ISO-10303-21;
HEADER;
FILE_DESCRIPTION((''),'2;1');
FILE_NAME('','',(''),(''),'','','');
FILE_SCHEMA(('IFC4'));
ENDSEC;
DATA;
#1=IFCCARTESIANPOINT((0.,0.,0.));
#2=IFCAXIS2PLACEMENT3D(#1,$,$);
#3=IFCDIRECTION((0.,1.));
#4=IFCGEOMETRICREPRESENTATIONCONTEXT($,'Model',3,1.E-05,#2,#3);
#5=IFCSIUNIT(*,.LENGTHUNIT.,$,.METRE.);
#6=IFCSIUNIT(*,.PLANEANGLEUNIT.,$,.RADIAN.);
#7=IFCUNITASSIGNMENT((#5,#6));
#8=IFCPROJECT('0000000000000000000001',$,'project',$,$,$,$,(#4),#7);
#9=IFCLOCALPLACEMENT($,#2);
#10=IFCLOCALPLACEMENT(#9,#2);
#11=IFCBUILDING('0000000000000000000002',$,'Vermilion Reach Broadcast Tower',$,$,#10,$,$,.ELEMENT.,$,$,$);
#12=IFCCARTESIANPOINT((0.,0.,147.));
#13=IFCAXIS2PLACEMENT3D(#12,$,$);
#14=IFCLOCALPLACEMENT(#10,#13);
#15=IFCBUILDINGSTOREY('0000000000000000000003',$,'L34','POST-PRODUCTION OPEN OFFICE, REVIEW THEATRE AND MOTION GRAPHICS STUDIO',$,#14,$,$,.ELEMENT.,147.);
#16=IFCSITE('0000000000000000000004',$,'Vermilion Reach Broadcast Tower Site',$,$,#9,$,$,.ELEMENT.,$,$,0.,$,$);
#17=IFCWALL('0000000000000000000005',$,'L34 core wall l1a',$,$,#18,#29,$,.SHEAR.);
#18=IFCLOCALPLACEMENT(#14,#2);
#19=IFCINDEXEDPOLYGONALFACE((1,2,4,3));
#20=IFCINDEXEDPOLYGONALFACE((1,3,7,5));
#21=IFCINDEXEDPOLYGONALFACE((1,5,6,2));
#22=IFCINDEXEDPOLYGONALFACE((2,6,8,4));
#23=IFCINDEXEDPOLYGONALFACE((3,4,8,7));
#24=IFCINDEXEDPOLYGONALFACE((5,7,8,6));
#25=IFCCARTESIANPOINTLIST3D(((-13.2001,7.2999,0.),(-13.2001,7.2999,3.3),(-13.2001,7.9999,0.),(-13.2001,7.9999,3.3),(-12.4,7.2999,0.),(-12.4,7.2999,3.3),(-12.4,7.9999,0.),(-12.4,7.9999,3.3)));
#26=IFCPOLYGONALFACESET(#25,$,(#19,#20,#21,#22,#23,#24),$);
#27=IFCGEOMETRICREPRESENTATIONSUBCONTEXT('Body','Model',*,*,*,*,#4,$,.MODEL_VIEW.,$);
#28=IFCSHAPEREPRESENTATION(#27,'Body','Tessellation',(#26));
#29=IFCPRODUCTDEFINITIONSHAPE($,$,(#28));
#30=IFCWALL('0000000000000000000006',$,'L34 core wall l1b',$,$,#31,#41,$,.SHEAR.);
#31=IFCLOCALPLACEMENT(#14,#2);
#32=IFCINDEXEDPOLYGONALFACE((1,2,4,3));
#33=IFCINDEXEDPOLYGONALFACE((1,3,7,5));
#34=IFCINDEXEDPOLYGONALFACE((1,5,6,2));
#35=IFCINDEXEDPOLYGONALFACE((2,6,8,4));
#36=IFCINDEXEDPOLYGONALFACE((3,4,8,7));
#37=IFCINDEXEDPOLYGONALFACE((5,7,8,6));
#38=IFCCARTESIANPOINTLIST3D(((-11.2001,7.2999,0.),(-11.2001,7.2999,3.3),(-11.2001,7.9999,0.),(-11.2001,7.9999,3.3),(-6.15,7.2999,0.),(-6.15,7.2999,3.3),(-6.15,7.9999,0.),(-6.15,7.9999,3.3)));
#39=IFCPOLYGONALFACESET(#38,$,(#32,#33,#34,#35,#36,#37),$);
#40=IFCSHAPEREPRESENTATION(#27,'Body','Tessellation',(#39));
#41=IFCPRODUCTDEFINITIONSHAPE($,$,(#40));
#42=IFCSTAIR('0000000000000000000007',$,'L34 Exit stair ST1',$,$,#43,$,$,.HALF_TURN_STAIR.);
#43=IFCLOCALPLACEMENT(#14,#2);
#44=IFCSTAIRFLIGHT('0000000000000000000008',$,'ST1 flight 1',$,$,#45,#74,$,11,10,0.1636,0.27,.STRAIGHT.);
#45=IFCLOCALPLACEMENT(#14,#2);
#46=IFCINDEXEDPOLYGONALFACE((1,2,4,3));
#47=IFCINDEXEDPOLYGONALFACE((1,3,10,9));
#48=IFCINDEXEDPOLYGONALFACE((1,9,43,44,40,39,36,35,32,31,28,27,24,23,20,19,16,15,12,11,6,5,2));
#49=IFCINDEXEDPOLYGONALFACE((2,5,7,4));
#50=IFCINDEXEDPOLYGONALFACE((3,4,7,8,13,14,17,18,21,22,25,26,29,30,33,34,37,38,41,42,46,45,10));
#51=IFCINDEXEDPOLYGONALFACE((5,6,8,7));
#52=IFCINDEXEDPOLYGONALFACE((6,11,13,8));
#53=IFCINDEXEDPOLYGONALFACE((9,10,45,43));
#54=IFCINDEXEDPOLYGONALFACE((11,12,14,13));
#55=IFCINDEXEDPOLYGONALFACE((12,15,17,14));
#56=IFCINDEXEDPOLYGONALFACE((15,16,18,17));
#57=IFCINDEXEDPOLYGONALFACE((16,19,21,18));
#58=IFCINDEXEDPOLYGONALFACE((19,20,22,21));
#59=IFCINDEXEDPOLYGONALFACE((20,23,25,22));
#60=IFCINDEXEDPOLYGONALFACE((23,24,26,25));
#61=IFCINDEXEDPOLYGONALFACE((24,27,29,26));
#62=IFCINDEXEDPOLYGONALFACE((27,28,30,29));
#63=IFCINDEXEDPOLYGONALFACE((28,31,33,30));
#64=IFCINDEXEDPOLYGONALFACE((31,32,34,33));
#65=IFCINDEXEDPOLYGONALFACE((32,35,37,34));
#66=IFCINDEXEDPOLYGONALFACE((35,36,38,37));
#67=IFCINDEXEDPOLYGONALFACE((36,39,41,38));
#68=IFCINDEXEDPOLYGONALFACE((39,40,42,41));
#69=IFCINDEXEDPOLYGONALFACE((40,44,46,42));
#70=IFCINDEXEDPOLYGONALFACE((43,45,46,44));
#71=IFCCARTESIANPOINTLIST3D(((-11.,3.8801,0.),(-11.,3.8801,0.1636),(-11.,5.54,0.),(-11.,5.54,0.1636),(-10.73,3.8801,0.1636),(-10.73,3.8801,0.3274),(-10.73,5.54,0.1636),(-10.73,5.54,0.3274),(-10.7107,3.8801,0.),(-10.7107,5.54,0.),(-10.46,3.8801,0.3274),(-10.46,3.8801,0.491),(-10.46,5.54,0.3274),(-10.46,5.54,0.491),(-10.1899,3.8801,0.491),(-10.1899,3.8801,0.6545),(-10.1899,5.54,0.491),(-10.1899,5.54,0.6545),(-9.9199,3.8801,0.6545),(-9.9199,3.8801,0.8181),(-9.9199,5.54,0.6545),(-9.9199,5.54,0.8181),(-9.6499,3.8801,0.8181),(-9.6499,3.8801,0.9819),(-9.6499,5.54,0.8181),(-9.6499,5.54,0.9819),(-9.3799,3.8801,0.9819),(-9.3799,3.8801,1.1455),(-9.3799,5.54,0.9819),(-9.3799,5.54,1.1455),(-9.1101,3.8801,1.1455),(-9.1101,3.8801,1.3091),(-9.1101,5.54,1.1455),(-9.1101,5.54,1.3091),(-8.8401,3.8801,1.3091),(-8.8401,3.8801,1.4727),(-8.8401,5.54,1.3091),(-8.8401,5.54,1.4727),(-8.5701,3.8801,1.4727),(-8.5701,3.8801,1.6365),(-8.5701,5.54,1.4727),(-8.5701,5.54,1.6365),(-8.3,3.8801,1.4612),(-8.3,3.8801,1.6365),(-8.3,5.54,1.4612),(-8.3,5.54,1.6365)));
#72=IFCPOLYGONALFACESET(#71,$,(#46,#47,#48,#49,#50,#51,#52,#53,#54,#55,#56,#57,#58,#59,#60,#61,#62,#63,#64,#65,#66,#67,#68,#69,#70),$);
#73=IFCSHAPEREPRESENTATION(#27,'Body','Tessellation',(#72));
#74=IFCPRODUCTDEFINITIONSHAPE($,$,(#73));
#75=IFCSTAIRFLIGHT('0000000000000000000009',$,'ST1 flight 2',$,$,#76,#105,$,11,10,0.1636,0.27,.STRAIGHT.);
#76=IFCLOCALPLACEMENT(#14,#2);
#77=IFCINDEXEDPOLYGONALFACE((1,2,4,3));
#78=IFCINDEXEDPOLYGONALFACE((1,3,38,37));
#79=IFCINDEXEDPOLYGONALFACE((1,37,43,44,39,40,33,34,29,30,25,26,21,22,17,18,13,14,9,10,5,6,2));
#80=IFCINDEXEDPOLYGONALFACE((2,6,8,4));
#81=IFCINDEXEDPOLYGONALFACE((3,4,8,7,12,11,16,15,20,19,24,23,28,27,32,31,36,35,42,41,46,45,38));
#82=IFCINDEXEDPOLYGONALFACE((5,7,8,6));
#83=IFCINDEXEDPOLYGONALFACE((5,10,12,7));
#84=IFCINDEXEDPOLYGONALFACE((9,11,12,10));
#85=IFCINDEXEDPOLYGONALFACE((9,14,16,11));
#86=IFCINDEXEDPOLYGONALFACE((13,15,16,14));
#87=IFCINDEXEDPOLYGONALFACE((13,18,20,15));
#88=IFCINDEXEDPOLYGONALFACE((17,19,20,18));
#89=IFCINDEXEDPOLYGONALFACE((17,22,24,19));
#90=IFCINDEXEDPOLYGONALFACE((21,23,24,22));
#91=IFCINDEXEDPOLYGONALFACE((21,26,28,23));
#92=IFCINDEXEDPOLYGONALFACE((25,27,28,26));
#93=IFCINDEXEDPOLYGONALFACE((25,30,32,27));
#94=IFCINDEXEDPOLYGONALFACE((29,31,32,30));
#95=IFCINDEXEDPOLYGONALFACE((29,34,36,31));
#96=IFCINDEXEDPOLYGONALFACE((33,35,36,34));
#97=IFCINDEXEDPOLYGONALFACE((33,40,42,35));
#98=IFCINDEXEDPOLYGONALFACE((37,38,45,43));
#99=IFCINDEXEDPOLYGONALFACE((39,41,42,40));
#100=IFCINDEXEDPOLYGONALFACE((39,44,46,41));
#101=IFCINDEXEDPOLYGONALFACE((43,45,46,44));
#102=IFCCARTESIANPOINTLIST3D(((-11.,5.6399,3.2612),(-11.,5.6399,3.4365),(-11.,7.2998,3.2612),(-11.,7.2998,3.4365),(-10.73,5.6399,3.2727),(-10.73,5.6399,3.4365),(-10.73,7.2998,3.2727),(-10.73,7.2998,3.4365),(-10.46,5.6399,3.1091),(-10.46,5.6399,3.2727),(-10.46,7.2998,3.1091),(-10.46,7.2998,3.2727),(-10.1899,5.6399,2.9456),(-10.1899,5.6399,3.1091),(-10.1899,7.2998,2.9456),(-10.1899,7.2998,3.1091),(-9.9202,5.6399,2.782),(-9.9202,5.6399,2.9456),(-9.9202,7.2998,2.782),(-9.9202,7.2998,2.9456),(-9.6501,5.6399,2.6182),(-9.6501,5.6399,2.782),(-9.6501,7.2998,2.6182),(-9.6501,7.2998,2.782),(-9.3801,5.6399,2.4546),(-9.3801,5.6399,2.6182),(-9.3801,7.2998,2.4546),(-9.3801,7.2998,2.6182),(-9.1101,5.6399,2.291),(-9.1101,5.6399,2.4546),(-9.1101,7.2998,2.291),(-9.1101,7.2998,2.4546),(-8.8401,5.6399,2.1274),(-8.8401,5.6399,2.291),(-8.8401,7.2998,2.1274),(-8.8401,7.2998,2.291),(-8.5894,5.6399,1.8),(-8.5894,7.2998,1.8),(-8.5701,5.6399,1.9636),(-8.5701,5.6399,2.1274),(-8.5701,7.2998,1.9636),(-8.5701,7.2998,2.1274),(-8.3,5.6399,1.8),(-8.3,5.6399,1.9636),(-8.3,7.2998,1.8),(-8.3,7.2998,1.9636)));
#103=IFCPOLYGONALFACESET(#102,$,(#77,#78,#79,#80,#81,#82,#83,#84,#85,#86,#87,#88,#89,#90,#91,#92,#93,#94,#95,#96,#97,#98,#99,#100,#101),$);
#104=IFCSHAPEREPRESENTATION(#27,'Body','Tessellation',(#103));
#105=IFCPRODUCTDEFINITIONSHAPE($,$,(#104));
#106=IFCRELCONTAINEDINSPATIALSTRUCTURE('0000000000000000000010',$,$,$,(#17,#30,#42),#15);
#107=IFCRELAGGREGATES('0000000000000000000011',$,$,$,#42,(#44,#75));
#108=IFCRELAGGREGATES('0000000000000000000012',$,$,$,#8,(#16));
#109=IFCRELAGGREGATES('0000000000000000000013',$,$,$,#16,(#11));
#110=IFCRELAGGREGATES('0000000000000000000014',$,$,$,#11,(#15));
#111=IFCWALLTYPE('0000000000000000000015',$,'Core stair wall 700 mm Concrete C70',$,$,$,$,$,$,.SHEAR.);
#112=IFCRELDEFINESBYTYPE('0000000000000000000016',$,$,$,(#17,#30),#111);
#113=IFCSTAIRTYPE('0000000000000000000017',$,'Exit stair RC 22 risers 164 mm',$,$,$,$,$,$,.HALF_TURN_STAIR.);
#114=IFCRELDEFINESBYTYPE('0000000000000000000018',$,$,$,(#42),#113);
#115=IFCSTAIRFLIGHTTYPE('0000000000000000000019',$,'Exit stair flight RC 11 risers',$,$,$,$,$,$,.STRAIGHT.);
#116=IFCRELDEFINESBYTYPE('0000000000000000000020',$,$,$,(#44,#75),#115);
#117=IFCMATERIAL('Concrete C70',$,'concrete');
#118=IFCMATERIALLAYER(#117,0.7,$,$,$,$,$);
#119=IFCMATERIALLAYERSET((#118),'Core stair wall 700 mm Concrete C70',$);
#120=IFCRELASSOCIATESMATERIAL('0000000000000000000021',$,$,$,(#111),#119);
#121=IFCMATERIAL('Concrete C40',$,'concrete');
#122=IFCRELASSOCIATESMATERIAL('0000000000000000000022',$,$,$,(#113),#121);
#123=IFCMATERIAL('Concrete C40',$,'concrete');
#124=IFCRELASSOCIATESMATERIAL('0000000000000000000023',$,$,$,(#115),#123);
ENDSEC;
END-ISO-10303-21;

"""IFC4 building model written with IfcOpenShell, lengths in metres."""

from ifc_helpers import new_model, si_unit, direction, frame, frame_2d, origin, place, context, subcontext, project, spatial, polyline, rectangle, outline, extrude, material, layer, layer_set, type_object, element, aggregate, save


model = new_model("IFC4")

# Units and contexts
model_context = context("Model", 3, precision=1e-05, world=origin(), true_north=direction((0.0, 1.0)))
body_context = subcontext(model_context, "Body", "Model", "MODEL_VIEW")
ifc_project = project(units=[si_unit("LENGTHUNIT", "METRE"), si_unit("PLANEANGLEUNIT", "RADIAN")], contexts=[model_context])

# Site, building, storey
site_placement = place(None, origin())
site = spatial("IfcSite", under=ifc_project, at=site_placement, Name="Vermilion Reach Broadcast Tower Site", CompositionType="ELEMENT", RefElevation=0.0)
building_placement = place(site_placement, origin())
building = spatial("IfcBuilding", under=site, at=building_placement, Name="Vermilion Reach Broadcast Tower", CompositionType="ELEMENT")
storey_placement = place(building_placement, frame((0.0, 0.0, 147.0)))
storey = spatial("IfcBuildingStorey", under=building, at=storey_placement, Name="L34", Description="POST-PRODUCTION OPEN OFFICE, REVIEW THEATRE AND MOTION GRAPHICS STUDIO", CompositionType="ELEMENT", Elevation=147.0)

# Walls
ifc_material_1 = material(Name="Concrete C70", Category="concrete")
ifc_layer_1 = layer(ifc_material_1, 0.7)
ifc_layer_set_1 = layer_set([ifc_layer_1], Name="Core stair wall 700 mm Concrete C70")
wall_type_1 = type_object("IfcWallType", Name="Core stair wall 700 mm Concrete C70", PredefinedType="SHEAR", material=ifc_layer_set_1)
wall_1_placement = place(storey_placement, frame((-13.2, 7.6499, 0.0), z_axis=(0.0, 0.0, 1.0), x_axis=(1.0, 0.0, 0.0)))
element("IfcWall", 1, at=wall_1_placement, inside=storey, type_object=wall_type_1, Name="L34 core wall l1a", PredefinedType="SHEAR", context=body_context, shape_type="SweptSolid", body=[
    extrude(rectangle(XDim=0.8, YDim=0.7, at=frame_2d((0.3999, 0.0))), origin(), (0.0, 0.0, 1.0), 3.3),
])
wall_2_placement = place(storey_placement, frame((-11.2, 7.6499, 0.0), z_axis=(0.0, 0.0, 1.0), x_axis=(1.0, 0.0, 0.0)))
element("IfcWall", 2, at=wall_2_placement, inside=storey, type_object=wall_type_1, Name="L34 core wall l1b", PredefinedType="SHEAR", context=body_context, shape_type="SweptSolid", body=[
    extrude(rectangle(XDim=5.05, YDim=0.7, at=frame_2d((2.5249, 0.0))), origin(), (0.0, 0.0, 1.0), 3.3),
])

# Stair, stair flights
ifc_material_2 = material(Name="Concrete C40", Category="concrete")
stair_type = type_object("IfcStairType", Name="Exit stair RC 22 risers 164 mm", PredefinedType="HALF_TURN_STAIR", material=ifc_material_2)
stair_placement = place(storey_placement, origin())
stair = element("IfcStair", 3, at=stair_placement, inside=storey, type_object=stair_type, Name="L34 Exit stair ST1", PredefinedType="HALF_TURN_STAIR")
ifc_material_3 = material(Name="Concrete C40", Category="concrete")
stair_flight_type = type_object("IfcStairFlightType", Name="Exit stair flight RC 11 risers", PredefinedType="STRAIGHT", material=ifc_material_3)
stair_flight_1_placement = place(storey_placement, frame((-11.0, 4.71, 0.0), z_axis=(0.0, 0.0, 1.0), x_axis=(1.0, 0.0, 0.0)))
stair_flight_1 = element("IfcStairFlight", 4, at=stair_flight_1_placement, type_object=stair_flight_type, Name="ST1 flight 1", NumberOfRisers=11, NumberOfTreads=10, PredefinedType="STRAIGHT", RiserHeight=0.1636, TreadLength=0.27, context=body_context, shape_type="SweptSolid", body=[
    extrude(outline(polyline([(0.0, 0.0), (0.0, 0.1636), (0.27, 0.1636), (0.27, 0.3274), (0.54, 0.3274), (0.54, 0.491), (0.8101, 0.491), (0.8101, 0.6545), (1.0801, 0.6545), (1.0801, 0.8181), (1.3501, 0.8181), (1.3501, 0.9819), (1.6201, 0.9819), (1.6201, 1.1455), (1.8899, 1.1455), (1.8899, 1.3091), (2.1599, 1.3091), (2.1599, 1.4727), (2.4299, 1.4727), (2.4299, 1.6365), (2.7, 1.6365), (2.7, 1.8), (2.7, 1.4612), (0.2893, 0.0), (0.0, 0.0)])), frame((0.0, 0.8301, 0.0), z_axis=(0.0, -1.0, 0.0), x_axis=(1.0, 0.0, 0.0)), (0.0, 0.0, 1.0), 1.6599),
])
stair_flight_2_placement = place(storey_placement, frame((-8.3, 6.47, 1.8), z_axis=(0.0, 0.0, 1.0), x_axis=(-1.0, 0.0, 0.0)))
stair_flight_2 = element("IfcStairFlight", 5, at=stair_flight_2_placement, type_object=stair_flight_type, Name="ST1 flight 2", NumberOfRisers=11, NumberOfTreads=10, PredefinedType="STRAIGHT", RiserHeight=0.1636, TreadLength=0.27, context=body_context, shape_type="SweptSolid", body=[
    extrude(outline(polyline([(0.0, 0.0), (0.0, 0.1636), (0.27, 0.1636), (0.27, 0.3274), (0.54, 0.3274), (0.54, 0.491), (0.8101, 0.491), (0.8101, 0.6545), (1.0801, 0.6545), (1.0801, 0.8181), (1.3501, 0.8181), (1.3501, 0.9819), (1.6201, 0.9819), (1.6201, 1.1455), (1.8899, 1.1455), (1.8899, 1.3091), (2.1599, 1.3091), (2.1599, 1.4727), (2.4299, 1.4727), (2.4299, 1.6365), (2.7, 1.6365), (2.7, 1.8), (2.7, 1.4612), (0.2893, 0.0), (0.0, 0.0)])), frame((0.0, 0.8301, 0.0), z_axis=(0.0, -1.0, 0.0), x_axis=(1.0, 0.0, 0.0)), (0.0, 0.0, 1.0), 1.6599),
])
aggregate(stair, [stair_flight_1, stair_flight_2])

save(model, "model.ifc")
